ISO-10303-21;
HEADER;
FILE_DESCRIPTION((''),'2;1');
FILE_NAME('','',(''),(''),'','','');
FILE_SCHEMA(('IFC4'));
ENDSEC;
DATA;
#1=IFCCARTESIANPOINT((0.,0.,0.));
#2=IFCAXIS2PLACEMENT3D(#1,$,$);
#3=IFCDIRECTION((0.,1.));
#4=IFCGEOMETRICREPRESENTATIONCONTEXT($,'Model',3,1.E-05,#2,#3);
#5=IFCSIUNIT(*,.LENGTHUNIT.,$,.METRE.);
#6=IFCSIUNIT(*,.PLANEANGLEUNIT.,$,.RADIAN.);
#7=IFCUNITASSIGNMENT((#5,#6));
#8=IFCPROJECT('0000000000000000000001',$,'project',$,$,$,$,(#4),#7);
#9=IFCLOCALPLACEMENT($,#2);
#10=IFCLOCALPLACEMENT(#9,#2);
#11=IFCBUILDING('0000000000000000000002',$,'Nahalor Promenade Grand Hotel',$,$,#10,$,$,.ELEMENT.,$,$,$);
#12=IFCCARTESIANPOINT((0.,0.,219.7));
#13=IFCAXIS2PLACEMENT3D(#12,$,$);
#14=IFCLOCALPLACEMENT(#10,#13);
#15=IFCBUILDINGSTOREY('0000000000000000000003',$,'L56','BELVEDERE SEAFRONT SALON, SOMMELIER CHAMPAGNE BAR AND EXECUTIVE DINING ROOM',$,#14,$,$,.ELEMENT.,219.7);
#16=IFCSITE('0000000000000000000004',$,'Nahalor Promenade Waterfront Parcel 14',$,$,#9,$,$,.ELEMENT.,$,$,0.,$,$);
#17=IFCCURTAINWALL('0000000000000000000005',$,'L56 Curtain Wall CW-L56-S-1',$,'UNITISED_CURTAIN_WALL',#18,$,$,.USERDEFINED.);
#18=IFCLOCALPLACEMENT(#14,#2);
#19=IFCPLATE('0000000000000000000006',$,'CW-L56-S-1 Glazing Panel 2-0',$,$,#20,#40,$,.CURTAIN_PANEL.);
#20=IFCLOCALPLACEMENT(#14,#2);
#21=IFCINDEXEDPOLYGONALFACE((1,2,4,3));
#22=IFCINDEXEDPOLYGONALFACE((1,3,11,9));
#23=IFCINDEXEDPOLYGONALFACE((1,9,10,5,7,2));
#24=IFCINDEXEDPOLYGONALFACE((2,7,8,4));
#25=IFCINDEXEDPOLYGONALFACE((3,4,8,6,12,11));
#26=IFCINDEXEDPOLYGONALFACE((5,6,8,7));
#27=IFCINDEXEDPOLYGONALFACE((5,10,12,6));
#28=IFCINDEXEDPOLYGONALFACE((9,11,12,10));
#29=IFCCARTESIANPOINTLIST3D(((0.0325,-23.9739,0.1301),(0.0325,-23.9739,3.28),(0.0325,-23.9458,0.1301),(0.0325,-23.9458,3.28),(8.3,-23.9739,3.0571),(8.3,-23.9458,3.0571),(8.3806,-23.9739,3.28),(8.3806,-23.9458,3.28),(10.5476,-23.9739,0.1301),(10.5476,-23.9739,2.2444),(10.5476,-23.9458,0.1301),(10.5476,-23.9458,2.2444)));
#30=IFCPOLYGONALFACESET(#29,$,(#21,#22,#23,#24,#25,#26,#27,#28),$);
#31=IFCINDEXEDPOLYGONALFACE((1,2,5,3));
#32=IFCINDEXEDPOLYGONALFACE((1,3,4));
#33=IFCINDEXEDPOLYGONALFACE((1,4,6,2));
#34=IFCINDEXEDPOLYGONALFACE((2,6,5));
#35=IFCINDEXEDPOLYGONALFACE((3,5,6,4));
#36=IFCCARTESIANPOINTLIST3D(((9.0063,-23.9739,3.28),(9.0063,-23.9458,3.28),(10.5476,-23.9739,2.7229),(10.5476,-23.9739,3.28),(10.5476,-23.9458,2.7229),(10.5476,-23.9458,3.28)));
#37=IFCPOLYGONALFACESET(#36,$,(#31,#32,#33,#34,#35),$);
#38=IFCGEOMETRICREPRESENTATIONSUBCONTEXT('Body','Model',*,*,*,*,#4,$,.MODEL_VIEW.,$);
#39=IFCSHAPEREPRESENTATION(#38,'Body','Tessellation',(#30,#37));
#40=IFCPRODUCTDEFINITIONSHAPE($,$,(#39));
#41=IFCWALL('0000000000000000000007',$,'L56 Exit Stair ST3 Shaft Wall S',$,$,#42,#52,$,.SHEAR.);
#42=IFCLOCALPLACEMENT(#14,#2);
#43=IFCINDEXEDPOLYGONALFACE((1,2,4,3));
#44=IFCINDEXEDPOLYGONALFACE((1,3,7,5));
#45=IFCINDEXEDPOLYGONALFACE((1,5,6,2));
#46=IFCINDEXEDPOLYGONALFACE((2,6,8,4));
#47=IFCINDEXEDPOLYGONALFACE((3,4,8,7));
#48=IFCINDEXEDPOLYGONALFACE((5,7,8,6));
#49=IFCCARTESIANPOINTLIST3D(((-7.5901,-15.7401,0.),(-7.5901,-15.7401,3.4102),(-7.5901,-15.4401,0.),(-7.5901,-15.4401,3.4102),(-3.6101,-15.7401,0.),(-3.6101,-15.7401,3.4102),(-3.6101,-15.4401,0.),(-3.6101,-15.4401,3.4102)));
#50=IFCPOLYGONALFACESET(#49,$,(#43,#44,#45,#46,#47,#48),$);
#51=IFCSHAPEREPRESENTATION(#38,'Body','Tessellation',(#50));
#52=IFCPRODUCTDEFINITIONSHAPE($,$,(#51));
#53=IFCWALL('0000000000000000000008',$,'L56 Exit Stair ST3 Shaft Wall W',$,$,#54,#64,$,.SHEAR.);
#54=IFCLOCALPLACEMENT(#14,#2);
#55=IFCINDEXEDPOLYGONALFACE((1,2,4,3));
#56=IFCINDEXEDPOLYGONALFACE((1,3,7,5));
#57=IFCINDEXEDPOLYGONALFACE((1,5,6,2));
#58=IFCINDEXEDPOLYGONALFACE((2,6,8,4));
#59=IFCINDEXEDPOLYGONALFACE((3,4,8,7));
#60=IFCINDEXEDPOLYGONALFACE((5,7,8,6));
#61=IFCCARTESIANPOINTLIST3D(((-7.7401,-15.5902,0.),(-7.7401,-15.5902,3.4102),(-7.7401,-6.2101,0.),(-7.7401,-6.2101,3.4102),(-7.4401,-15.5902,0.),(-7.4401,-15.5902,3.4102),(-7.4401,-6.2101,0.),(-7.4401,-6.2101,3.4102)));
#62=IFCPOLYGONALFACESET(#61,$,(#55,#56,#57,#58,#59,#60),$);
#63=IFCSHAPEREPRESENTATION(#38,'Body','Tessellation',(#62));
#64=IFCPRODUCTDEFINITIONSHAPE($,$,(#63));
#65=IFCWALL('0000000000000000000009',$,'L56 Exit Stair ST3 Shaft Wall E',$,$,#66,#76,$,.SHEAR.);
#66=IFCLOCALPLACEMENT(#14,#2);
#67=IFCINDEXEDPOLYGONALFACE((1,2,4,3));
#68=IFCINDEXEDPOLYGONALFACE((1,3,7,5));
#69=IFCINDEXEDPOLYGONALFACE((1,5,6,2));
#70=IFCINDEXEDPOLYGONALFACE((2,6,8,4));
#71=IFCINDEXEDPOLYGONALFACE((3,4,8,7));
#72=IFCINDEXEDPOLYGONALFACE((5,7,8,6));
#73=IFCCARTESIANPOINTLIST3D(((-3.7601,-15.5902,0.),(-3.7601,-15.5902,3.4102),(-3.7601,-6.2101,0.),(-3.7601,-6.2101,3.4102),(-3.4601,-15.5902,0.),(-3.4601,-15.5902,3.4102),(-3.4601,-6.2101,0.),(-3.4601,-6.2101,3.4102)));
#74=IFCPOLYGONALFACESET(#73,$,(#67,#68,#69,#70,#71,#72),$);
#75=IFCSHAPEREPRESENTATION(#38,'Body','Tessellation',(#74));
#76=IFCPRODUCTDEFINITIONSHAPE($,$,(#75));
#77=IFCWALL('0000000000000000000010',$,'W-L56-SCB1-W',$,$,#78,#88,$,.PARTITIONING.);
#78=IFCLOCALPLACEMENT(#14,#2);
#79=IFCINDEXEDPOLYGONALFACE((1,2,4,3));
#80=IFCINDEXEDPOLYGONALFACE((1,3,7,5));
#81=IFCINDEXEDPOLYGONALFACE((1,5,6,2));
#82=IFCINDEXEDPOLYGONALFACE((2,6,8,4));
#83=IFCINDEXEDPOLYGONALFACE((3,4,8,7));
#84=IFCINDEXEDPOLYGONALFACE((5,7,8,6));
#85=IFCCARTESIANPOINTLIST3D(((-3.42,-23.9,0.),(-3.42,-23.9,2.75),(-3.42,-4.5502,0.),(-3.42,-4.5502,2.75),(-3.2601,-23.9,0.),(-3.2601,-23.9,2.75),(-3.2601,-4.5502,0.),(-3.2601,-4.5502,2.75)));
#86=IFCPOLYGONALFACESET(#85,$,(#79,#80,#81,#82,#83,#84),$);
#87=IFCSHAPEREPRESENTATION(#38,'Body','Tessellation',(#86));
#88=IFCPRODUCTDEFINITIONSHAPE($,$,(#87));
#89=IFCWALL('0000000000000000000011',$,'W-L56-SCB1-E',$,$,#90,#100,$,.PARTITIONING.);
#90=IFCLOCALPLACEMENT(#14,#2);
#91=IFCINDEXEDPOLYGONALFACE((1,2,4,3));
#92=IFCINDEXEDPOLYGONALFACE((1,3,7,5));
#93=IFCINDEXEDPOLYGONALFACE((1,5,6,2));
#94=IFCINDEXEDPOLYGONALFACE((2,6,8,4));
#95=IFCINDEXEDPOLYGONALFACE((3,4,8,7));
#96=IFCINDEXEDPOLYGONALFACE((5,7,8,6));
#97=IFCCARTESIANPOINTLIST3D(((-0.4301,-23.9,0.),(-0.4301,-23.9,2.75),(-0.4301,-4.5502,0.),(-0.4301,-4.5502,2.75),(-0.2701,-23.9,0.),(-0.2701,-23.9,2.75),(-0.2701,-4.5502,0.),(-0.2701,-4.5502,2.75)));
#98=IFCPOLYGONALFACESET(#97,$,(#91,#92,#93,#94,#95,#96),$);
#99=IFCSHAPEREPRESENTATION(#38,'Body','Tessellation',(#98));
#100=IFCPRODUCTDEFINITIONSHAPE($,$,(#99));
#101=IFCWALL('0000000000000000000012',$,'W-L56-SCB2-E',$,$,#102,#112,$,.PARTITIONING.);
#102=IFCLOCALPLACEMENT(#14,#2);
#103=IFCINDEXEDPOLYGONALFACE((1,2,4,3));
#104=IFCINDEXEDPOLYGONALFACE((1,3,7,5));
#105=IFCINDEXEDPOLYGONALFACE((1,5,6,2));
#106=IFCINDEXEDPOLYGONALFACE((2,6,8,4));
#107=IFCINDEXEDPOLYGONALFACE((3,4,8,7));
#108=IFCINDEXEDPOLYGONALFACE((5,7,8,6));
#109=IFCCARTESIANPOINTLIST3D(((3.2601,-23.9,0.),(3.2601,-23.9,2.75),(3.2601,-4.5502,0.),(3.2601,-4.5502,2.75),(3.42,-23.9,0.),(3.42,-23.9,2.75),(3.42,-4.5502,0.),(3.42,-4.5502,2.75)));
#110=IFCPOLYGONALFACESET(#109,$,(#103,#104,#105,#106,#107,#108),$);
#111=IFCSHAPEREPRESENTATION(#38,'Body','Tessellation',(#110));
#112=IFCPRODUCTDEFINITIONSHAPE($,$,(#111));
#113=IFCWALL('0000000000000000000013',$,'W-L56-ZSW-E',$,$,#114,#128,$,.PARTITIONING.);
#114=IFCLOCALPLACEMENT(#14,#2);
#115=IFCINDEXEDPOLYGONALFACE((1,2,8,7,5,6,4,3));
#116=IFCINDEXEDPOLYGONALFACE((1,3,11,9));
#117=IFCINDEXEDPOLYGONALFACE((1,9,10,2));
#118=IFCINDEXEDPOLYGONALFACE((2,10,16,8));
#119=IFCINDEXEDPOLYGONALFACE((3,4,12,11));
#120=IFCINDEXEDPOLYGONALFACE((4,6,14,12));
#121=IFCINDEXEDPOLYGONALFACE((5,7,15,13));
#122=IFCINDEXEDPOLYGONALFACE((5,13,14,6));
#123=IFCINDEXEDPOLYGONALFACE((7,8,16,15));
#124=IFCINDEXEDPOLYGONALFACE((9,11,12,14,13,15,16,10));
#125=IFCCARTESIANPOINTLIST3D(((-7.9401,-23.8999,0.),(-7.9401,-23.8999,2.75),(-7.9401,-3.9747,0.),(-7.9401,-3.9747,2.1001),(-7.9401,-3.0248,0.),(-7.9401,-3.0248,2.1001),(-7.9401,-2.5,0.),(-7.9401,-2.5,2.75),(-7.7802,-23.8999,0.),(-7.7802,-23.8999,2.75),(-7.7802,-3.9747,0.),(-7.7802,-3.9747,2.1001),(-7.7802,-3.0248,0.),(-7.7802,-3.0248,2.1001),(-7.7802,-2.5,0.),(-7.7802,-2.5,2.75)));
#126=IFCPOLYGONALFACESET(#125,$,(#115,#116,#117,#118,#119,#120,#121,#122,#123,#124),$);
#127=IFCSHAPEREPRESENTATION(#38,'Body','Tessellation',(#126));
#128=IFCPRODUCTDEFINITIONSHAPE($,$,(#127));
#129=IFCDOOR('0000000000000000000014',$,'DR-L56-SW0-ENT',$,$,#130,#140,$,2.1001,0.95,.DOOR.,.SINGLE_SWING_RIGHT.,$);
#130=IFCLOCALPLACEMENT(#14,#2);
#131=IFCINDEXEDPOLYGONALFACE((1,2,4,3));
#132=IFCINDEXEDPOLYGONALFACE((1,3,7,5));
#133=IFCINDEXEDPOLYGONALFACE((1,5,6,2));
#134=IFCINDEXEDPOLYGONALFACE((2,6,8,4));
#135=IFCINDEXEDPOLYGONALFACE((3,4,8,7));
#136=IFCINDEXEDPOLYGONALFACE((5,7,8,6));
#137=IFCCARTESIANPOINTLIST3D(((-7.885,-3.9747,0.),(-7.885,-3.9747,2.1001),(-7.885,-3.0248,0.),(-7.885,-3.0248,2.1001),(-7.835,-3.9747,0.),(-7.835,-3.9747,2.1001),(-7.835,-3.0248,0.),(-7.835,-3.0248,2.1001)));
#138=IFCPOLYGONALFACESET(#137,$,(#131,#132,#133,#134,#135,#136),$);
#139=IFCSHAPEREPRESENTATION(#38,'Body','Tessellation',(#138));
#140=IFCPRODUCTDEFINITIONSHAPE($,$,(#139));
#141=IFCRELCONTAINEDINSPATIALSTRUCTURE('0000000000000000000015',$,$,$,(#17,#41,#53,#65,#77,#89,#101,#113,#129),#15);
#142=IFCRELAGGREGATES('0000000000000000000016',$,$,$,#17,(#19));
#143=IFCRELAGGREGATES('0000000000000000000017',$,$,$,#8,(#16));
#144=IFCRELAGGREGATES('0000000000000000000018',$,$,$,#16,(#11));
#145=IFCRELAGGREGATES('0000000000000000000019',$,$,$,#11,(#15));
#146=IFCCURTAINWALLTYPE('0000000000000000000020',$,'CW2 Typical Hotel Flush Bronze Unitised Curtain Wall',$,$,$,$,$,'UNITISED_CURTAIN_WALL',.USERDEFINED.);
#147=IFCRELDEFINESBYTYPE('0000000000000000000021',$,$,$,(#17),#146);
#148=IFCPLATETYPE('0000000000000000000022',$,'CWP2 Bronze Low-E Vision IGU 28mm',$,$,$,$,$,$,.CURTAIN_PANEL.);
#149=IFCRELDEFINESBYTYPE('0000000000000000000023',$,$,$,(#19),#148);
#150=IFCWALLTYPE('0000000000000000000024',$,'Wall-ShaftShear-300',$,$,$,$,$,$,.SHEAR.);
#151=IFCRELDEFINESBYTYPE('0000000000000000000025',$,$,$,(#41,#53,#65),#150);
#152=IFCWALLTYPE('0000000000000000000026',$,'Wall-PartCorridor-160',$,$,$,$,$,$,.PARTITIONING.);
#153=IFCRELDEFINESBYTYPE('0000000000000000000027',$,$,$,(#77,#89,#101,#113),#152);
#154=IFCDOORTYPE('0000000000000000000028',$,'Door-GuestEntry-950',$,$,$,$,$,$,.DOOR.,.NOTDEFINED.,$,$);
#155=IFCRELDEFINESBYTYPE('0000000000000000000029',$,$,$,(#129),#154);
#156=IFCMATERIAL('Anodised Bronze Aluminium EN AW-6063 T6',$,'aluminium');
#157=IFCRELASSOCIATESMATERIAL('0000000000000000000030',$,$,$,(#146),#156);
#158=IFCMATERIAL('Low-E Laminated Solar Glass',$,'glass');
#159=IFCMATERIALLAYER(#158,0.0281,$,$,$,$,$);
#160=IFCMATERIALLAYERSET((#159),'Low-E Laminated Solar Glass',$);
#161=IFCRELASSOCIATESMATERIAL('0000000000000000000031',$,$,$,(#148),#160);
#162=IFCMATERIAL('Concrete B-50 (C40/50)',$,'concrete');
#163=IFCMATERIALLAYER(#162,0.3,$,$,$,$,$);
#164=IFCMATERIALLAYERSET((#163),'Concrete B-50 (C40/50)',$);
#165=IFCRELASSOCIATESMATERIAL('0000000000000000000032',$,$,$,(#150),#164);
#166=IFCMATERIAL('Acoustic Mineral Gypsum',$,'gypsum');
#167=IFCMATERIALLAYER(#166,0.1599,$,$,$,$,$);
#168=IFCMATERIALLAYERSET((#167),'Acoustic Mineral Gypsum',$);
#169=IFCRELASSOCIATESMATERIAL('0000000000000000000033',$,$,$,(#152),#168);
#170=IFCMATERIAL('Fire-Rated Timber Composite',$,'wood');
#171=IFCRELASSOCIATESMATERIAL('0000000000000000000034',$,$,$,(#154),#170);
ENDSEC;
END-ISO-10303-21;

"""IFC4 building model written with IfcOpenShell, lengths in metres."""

from ifc_helpers import new_model, si_unit, direction, frame, frame_2d, origin, place, context, subcontext, project, spatial, polyline, rectangle, outline, extrude, source, transform, mapped, material, layer, layer_set, type_object, element, fill, aggregate, save


model = new_model("IFC4")

# Units and contexts
model_context = context("Model", 3, precision=1e-05, world=origin(), true_north=direction((0.0, 1.0)))
body_context = subcontext(model_context, "Body", "Model", "MODEL_VIEW")
ifc_project = project(units=[si_unit("LENGTHUNIT", "METRE"), si_unit("PLANEANGLEUNIT", "RADIAN")], contexts=[model_context])

# Site, building, storey
site_placement = place(None, origin())
site = spatial("IfcSite", under=ifc_project, at=site_placement, Name="Nahalor Promenade Waterfront Parcel 14", CompositionType="ELEMENT", RefElevation=0.0)
building_placement = place(site_placement, origin())
building = spatial("IfcBuilding", under=site, at=building_placement, Name="Nahalor Promenade Grand Hotel", CompositionType="ELEMENT")
storey_placement = place(building_placement, frame((0.0, 0.0, 219.7)))
storey = spatial("IfcBuildingStorey", under=building, at=storey_placement, Name="L56", Description="BELVEDERE SEAFRONT SALON, SOMMELIER CHAMPAGNE BAR AND EXECUTIVE DINING ROOM", CompositionType="ELEMENT", Elevation=219.7)

# Curtain wall, plate
ifc_material_1 = material(Name="Anodised Bronze Aluminium EN AW-6063 T6", Category="aluminium")
curtain_wall_type = type_object("IfcCurtainWallType", Name="CW2 Typical Hotel Flush Bronze Unitised Curtain Wall", ElementType="UNITISED_CURTAIN_WALL", PredefinedType="USERDEFINED", material=ifc_material_1)
curtain_wall_placement = place(storey_placement, origin())
curtain_wall = element("IfcCurtainWall", 1, at=curtain_wall_placement, inside=storey, type_object=curtain_wall_type, Name="L56 Curtain Wall CW-L56-S-1", ObjectType="UNITISED_CURTAIN_WALL", PredefinedType="USERDEFINED")
ifc_material_2 = material(Name="Low-E Laminated Solar Glass", Category="glass")
ifc_layer_1 = layer(ifc_material_2, 0.0281)
ifc_layer_set_1 = layer_set([ifc_layer_1], Name="Low-E Laminated Solar Glass")
plate_type = type_object("IfcPlateType", Name="CWP2 Bronze Low-E Vision IGU 28mm", PredefinedType="CURTAIN_PANEL", material=ifc_layer_set_1)
plate_1_placement = place(storey_placement, frame((5.29, -23.96, 0.1301), z_axis=(0.0, 0.0, 1.0), x_axis=(1.0, 0.0, 0.0)))
plate_1 = element("IfcPlate", 2, at=plate_1_placement, type_object=plate_type, Name="CW-L56-S-1 Glazing Panel 2-0", PredefinedType="CURTAIN_PANEL", context=body_context, shape_type="SweptSolid", body=[
    extrude(outline(polyline([(-5.2576, 0.0), (5.2576, 0.0), (5.2576, 2.1143), (3.01, 2.927), (3.0906, 3.1499), (-5.2576, 3.1499), (-5.2576, 0.0)])), frame((0.0, 0.0142, 0.0), z_axis=(0.0, -1.0, 0.0), x_axis=(1.0, 0.0, 0.0)), (0.0, 0.0, 1.0), 0.0281),
    extrude(outline(polyline([(5.2576, 2.5928), (5.2576, 3.1499), (3.7163, 3.1499), (5.2576, 2.5928)])), frame((0.0, 0.0142, 0.0), z_axis=(0.0, -1.0, 0.0), x_axis=(1.0, 0.0, 0.0)), (0.0, 0.0, 1.0), 0.0281),
])
aggregate(curtain_wall, [plate_1])

# Walls
ifc_material_3 = material(Name="Concrete B-50 (C40/50)", Category="concrete")
ifc_layer_2 = layer(ifc_material_3, 0.3)
ifc_layer_set_2 = layer_set([ifc_layer_2], Name="Concrete B-50 (C40/50)")
wall_type_1 = type_object("IfcWallType", Name="Wall-ShaftShear-300", PredefinedType="SHEAR", material=ifc_layer_set_2)
shared_shape_1 = source(origin(), body_context, "Body", "SweptSolid", [
    extrude(rectangle(XDim=3.98, YDim=0.3, at=frame_2d((1.99, 0.0))), origin(), (0.0, 0.0, 1.0), 3.4102),
])
wall_1_placement = place(storey_placement, frame((-7.5901, -15.5901, 0.0), z_axis=(0.0, 0.0, 1.0), x_axis=(1.0, 0.0, 0.0)))
element("IfcWall", 3, at=wall_1_placement, inside=storey, type_object=wall_type_1, Name="L56 Exit Stair ST3 Shaft Wall S", PredefinedType="SHEAR", context=body_context, shape_type="MappedRepresentation", body=[
    mapped(shared_shape_1, transform((0.0, 0.0, 0.0), scale=1.0)),
])
shared_shape_2 = source(origin(), body_context, "Body", "SweptSolid", [
    extrude(rectangle(XDim=9.3801, YDim=0.3, at=frame_2d((4.6899, 0.0))), origin(), (0.0, 0.0, 1.0), 3.4102),
])
for number, where, z_axis, x_axis, name in (
    (4, (-7.5901, -15.5901, 0.0), (0.0, 0.0, 1.0), (0.0, 1.0, 0.0), "L56 Exit Stair ST3 Shaft Wall W"),
    (5, (-3.6101, -15.5901, 0.0), (0.0, 0.0, 1.0), (0.0, 1.0, 0.0), "L56 Exit Stair ST3 Shaft Wall E"),
):
    element("IfcWall", number, at=place(storey_placement, frame(where, z_axis=z_axis, x_axis=x_axis)), inside=storey, type_object=wall_type_1, Name=name, PredefinedType="SHEAR", context=body_context, shape_type="MappedRepresentation", body=[
        mapped(shared_shape_2, transform((0.0, 0.0, 0.0), scale=1.0)),
    ])
ifc_material_4 = material(Name="Acoustic Mineral Gypsum", Category="gypsum")
ifc_layer_3 = layer(ifc_material_4, 0.1599)
ifc_layer_set_3 = layer_set([ifc_layer_3], Name="Acoustic Mineral Gypsum")
wall_type_2 = type_object("IfcWallType", Name="Wall-PartCorridor-160", PredefinedType="PARTITIONING", material=ifc_layer_set_3)
shared_shape_3 = source(origin(), body_context, "Body", "SweptSolid", [
    extrude(rectangle(XDim=19.3499, YDim=0.1599, at=frame_2d((9.6748, 0.0))), origin(), (0.0, 0.0, 1.0), 2.75),
])
for number, where, z_axis, x_axis, name in (
    (6, (-3.3401, -23.8999, 0.0), (0.0, 0.0, 1.0), (0.0, 1.0, 0.0), "W-L56-SCB1-W"),
    (7, (-0.3501, -23.8999, 0.0), (0.0, 0.0, 1.0), (0.0, 1.0, 0.0), "W-L56-SCB1-E"),
    (8, (3.3401, -23.8999, 0.0), (0.0, 0.0, 1.0), (0.0, 1.0, 0.0), "W-L56-SCB2-E"),
):
    element("IfcWall", number, at=place(storey_placement, frame(where, z_axis=z_axis, x_axis=x_axis)), inside=storey, type_object=wall_type_2, Name=name, PredefinedType="PARTITIONING", context=body_context, shape_type="MappedRepresentation", body=[
        mapped(shared_shape_3, transform((0.0, 0.0, 0.0), scale=1.0)),
    ])

# Wall, opening, door
shared_shape_4 = source(origin(), body_context, "Body", "SweptSolid", [
    extrude(rectangle(XDim=21.3999, YDim=0.1599, at=frame_2d((10.7, 0.0))), origin(), (0.0, 0.0, 1.0), 2.75),
])
wall_2_placement = place(storey_placement, frame((-7.8601, -23.8999, 0.0), z_axis=(0.0, 0.0, 1.0), x_axis=(0.0, 1.0, 0.0)))
wall_2 = element("IfcWall", 9, at=wall_2_placement, inside=storey, type_object=wall_type_2, Name="W-L56-ZSW-E", PredefinedType="PARTITIONING", context=body_context, shape_type="MappedRepresentation", body=[
    mapped(shared_shape_4, transform((0.0, 0.0, 0.0), scale=1.0)),
])
opening_placement = place(wall_2_placement, frame((19.925, 0.0, 0.0)))
opening = element("IfcOpeningElement", 10, at=opening_placement, cuts=wall_2, PredefinedType="OPENING", context=body_context, shape_type="SweptSolid", body=[
    extrude(rectangle(XDim=0.95, YDim=2.1001, at=frame_2d((0.4751, 1.05))), frame((0.0, 0.0898, 0.0), z_axis=(0.0, -1.0, 0.0), x_axis=(1.0, 0.0, 0.0)), (0.0, 0.0, 1.0), 0.1799),
])
ifc_material_5 = material(Name="Fire-Rated Timber Composite", Category="wood")
door_type = type_object("IfcDoorType", Name="Door-GuestEntry-950", OperationType="NOTDEFINED", PredefinedType="DOOR", material=ifc_material_5)
shared_shape_5 = source(origin(), body_context, "Body", "SweptSolid", [
    extrude(rectangle(XDim=0.95, YDim=2.1001, at=frame_2d((0.4751, 1.05))), frame((0.0, 0.0249, 0.0), z_axis=(0.0, -1.0, 0.0), x_axis=(1.0, 0.0, 0.0)), (0.0, 0.0, 1.0), 0.05),
])
door_placement = place(opening_placement, origin())
door = element("IfcDoor", 11, at=door_placement, inside=storey, type_object=door_type, Name="DR-L56-SW0-ENT", OperationType="SINGLE_SWING_RIGHT", OverallHeight=2.1001, OverallWidth=0.95, PredefinedType="DOOR", context=body_context, shape_type="MappedRepresentation", body=[
    mapped(shared_shape_5, transform((0.0, 0.0, 0.0), scale=1.0)),
])
fill(opening, door)

save(model, "model.ifc")
